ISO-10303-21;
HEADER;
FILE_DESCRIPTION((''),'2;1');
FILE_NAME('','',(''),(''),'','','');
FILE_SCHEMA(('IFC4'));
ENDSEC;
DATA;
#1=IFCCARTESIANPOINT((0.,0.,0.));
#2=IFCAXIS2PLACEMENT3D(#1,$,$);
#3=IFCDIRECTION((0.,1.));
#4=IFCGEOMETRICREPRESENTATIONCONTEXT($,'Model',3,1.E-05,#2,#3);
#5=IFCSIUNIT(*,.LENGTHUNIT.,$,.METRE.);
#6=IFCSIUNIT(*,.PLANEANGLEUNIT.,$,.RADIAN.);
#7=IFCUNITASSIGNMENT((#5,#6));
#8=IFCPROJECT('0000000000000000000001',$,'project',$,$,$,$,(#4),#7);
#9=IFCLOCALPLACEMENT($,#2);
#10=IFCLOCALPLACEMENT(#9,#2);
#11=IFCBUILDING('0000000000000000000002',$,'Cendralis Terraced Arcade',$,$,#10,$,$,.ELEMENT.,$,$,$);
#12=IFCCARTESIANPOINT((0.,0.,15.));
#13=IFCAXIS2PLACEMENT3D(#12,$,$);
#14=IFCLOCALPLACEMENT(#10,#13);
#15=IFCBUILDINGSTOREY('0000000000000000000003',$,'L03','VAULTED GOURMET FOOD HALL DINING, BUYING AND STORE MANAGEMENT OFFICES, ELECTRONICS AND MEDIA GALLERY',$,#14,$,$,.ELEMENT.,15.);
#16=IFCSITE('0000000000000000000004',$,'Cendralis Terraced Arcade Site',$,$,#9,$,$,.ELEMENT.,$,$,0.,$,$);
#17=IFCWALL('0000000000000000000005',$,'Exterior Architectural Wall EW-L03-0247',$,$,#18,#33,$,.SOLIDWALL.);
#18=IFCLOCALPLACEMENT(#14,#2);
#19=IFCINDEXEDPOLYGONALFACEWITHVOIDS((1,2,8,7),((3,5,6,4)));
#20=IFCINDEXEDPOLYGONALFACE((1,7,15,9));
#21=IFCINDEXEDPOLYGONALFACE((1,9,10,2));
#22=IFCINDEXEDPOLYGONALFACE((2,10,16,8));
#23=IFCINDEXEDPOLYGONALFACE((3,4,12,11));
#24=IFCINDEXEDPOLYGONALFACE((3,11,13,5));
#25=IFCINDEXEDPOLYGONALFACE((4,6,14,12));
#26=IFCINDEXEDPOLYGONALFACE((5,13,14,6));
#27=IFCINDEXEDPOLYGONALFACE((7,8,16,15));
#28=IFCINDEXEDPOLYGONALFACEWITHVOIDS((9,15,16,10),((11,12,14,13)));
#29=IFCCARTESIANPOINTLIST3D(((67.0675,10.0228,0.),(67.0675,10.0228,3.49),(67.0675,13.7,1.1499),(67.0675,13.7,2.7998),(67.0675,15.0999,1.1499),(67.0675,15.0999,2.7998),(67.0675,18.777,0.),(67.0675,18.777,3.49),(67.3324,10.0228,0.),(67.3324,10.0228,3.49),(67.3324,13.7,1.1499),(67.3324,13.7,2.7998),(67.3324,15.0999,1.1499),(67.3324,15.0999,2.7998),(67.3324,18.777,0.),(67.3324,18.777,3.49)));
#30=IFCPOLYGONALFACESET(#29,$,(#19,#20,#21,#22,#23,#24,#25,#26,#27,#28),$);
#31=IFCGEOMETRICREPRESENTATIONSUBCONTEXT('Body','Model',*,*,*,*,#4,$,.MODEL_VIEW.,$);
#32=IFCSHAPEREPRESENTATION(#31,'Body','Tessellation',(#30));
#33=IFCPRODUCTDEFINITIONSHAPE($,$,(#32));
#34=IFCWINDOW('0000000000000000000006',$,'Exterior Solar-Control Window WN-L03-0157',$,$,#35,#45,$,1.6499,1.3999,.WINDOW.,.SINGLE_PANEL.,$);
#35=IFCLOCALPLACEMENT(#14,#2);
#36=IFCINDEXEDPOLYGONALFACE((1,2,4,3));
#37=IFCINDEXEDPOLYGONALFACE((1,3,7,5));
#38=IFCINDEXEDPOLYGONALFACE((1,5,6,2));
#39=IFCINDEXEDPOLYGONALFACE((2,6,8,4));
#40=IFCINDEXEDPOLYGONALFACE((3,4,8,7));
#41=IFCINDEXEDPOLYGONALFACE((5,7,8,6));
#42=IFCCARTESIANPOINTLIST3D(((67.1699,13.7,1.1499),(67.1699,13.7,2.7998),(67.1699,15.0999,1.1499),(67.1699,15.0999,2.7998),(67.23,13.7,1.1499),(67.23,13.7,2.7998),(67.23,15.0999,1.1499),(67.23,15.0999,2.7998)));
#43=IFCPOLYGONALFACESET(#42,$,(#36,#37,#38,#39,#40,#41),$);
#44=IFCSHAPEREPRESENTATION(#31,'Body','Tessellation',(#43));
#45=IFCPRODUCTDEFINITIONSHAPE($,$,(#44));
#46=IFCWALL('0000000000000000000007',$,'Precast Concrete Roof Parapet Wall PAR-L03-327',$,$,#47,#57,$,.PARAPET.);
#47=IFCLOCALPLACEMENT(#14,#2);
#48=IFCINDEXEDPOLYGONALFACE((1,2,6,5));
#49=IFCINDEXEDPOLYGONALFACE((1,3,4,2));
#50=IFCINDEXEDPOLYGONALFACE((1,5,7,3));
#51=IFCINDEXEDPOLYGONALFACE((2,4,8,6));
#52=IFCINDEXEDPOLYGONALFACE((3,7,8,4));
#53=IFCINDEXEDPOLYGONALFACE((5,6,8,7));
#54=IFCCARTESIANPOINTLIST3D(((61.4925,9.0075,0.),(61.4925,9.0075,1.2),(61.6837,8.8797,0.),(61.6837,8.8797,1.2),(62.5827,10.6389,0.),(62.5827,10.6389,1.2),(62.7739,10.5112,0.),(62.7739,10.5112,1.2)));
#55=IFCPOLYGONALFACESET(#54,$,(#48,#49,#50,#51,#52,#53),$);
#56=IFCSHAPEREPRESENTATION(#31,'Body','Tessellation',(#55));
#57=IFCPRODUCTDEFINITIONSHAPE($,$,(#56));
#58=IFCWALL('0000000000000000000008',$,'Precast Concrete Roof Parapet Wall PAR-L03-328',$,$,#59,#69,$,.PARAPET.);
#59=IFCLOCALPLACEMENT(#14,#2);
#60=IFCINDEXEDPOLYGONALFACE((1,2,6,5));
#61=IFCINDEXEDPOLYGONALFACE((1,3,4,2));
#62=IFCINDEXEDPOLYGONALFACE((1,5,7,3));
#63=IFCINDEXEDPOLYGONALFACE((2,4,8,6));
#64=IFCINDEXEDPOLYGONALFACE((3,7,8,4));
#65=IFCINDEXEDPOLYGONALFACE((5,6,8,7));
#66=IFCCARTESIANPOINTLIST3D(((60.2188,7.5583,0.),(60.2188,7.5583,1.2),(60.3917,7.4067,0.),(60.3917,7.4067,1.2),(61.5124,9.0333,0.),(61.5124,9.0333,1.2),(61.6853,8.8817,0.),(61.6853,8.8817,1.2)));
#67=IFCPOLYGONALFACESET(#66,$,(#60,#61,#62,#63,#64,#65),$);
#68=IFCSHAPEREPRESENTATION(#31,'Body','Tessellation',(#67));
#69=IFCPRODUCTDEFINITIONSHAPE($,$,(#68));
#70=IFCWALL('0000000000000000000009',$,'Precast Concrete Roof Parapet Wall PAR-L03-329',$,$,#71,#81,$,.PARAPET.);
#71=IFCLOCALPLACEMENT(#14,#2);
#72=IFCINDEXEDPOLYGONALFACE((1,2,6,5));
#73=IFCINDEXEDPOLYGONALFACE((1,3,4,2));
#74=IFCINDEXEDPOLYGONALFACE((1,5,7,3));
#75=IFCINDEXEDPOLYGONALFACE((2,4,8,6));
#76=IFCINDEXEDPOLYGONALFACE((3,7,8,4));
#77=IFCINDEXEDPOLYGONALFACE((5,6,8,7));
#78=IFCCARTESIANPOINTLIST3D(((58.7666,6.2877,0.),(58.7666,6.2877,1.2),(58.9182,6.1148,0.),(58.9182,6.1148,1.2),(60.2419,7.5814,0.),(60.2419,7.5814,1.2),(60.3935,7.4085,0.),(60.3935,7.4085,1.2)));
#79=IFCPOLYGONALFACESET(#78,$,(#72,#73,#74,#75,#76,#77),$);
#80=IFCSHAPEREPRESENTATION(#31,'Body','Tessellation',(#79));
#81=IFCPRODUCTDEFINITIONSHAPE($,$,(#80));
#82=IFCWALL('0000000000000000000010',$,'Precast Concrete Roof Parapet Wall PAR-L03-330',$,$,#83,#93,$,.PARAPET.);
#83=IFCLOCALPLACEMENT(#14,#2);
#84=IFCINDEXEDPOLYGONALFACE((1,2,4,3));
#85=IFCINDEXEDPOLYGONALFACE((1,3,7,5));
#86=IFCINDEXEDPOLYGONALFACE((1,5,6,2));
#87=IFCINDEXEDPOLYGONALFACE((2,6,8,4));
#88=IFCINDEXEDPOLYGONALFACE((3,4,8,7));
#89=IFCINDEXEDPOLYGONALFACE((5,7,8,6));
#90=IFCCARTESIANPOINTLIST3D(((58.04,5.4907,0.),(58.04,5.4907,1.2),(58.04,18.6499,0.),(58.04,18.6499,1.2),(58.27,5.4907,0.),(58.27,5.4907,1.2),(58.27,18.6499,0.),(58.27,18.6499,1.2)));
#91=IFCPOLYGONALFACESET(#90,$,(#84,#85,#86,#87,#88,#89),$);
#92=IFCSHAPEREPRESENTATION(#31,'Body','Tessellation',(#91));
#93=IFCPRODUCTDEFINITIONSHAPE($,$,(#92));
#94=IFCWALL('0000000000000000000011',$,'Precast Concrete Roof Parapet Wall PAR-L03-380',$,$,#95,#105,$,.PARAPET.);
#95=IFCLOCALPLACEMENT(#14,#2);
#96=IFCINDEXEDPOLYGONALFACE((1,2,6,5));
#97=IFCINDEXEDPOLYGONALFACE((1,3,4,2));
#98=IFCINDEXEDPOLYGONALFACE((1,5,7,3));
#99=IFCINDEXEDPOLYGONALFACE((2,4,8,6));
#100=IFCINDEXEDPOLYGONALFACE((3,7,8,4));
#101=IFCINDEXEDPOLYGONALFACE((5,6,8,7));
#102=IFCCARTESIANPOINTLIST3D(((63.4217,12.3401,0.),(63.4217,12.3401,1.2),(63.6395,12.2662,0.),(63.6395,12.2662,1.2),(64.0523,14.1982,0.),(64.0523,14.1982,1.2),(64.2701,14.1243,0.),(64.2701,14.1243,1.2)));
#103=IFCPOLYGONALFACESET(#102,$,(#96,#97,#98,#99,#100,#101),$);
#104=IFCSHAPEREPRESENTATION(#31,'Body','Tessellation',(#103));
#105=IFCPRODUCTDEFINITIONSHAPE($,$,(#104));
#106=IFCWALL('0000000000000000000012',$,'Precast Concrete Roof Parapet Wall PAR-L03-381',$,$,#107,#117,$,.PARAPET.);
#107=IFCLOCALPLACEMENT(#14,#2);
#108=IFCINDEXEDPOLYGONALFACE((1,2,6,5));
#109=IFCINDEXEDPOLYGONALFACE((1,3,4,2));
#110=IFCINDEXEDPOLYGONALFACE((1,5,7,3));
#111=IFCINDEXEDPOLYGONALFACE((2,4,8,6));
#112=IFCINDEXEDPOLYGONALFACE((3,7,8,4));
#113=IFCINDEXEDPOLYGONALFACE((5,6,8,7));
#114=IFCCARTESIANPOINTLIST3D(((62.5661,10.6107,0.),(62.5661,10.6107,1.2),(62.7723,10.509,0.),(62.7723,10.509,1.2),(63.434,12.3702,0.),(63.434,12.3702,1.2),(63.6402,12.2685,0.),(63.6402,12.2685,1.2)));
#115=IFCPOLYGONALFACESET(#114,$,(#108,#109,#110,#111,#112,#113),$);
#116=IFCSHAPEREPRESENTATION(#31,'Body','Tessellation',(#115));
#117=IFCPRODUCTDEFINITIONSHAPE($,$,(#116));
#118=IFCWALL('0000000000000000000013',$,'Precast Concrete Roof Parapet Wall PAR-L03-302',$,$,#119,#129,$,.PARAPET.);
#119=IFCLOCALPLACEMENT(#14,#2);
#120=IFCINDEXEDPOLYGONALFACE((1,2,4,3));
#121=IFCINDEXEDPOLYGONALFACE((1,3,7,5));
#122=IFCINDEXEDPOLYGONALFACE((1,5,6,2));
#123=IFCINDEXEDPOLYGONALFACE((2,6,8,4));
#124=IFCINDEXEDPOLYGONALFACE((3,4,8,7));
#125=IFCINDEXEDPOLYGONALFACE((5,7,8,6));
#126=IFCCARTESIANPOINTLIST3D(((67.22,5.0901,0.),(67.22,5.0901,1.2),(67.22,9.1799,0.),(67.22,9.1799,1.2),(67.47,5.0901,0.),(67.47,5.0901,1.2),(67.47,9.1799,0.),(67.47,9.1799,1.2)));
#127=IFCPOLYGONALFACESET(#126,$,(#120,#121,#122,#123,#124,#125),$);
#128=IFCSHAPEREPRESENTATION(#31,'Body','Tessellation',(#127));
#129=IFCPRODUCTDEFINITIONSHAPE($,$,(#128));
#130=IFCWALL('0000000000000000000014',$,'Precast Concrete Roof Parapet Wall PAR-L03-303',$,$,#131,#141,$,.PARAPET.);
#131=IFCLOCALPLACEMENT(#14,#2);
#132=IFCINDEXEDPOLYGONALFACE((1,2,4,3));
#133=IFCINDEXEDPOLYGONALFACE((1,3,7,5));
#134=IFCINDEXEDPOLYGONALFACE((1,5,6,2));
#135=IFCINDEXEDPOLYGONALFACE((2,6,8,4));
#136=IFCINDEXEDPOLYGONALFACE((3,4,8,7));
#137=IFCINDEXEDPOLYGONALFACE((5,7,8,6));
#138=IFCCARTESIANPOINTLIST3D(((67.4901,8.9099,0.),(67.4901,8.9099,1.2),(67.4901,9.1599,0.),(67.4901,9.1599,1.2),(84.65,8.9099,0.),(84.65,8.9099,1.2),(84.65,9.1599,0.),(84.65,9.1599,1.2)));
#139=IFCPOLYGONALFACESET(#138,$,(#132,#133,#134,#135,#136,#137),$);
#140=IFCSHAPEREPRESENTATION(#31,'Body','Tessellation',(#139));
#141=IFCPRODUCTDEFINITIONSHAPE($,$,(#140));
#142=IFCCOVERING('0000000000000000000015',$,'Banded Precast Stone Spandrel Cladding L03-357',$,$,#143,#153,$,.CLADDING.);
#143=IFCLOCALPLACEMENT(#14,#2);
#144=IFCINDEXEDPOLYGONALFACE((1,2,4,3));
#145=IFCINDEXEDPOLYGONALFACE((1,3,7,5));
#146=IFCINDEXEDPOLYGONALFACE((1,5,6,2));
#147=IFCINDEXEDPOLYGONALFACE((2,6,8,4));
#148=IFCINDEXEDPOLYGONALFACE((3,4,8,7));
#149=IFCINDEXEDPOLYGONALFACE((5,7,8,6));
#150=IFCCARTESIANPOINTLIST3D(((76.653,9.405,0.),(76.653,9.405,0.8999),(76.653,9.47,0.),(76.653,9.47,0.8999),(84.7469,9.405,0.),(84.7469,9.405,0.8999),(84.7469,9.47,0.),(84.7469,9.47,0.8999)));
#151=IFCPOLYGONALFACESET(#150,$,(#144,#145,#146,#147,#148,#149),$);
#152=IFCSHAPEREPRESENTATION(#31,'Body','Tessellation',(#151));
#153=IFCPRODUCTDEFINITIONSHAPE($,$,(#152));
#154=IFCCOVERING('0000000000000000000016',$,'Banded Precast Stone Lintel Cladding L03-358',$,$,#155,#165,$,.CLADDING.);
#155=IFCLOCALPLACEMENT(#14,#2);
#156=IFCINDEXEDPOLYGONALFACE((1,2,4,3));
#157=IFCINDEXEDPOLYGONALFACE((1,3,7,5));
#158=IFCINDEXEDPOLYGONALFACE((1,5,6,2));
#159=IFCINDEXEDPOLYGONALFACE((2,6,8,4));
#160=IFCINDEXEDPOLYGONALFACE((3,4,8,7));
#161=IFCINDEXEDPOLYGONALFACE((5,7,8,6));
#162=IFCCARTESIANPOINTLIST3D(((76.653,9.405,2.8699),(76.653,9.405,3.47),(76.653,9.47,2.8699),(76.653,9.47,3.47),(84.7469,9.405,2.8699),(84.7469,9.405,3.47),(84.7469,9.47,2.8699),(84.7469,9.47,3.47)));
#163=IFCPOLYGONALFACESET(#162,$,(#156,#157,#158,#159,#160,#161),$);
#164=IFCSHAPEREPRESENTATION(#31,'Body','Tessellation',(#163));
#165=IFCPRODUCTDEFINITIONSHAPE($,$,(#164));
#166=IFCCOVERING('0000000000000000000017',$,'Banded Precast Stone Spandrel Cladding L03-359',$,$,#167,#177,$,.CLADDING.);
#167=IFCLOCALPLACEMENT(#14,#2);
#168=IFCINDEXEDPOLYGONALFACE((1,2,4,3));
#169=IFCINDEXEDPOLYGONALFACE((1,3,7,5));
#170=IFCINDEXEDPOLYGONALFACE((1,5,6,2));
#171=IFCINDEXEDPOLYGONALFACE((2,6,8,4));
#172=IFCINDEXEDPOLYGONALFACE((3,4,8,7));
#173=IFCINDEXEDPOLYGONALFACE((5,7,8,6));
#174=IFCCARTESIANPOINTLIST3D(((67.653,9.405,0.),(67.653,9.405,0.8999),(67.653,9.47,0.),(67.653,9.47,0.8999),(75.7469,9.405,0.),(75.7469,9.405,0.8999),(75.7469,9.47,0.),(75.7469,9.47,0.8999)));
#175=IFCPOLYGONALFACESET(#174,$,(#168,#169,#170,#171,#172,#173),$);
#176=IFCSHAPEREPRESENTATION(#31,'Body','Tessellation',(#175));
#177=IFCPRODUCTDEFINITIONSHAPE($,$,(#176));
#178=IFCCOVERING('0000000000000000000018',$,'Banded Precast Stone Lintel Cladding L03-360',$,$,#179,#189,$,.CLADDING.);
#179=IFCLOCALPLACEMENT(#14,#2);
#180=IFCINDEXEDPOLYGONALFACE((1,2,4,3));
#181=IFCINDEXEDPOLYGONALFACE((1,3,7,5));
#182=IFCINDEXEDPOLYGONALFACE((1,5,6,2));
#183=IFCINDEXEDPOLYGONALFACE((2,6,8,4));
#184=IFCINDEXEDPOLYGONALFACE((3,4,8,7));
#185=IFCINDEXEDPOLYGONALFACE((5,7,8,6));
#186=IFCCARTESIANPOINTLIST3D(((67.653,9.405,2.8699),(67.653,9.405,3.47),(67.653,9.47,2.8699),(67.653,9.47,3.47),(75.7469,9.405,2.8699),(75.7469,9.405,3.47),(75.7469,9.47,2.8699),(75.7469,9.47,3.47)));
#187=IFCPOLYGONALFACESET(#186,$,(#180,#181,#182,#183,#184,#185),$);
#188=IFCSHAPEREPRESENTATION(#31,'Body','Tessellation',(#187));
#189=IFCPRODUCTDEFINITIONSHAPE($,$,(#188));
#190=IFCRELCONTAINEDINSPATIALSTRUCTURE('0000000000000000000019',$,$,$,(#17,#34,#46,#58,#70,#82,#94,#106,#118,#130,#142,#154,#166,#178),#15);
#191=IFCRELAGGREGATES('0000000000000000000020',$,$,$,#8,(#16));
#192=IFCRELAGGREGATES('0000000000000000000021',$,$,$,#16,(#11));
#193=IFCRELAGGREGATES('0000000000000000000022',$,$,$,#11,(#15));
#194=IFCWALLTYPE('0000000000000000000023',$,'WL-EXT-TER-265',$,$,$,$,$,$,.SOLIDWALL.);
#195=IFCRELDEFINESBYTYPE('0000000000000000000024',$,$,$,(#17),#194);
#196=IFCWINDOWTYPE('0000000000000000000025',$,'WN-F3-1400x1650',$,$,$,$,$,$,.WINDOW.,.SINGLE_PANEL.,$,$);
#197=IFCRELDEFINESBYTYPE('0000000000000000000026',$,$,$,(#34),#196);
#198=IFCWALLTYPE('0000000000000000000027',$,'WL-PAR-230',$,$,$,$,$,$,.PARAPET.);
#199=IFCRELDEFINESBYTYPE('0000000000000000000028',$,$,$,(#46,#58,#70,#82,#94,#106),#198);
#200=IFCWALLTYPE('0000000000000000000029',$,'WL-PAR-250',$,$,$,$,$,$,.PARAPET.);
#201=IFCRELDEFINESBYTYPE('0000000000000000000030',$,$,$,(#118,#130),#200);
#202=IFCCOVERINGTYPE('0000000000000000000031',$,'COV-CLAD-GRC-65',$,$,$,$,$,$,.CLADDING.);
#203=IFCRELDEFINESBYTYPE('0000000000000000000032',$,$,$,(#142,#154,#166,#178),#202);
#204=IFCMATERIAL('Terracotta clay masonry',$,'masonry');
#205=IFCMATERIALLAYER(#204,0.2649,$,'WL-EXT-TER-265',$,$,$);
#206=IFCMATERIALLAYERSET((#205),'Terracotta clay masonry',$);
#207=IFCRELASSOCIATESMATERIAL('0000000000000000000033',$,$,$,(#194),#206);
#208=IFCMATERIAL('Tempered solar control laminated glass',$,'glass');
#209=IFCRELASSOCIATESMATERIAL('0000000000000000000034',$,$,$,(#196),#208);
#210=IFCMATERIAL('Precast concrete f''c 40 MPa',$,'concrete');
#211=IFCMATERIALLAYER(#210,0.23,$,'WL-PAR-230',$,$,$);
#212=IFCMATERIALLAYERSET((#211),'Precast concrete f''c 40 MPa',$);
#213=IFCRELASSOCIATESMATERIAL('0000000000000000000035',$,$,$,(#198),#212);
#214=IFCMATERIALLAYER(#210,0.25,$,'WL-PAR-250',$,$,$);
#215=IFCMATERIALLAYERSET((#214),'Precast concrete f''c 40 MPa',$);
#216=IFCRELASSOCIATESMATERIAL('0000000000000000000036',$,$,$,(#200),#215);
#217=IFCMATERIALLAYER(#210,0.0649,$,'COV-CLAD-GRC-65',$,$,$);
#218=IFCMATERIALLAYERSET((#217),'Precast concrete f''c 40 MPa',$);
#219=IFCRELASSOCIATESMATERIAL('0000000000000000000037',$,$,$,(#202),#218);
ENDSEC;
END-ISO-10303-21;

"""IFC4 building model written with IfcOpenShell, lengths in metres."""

from ifc_helpers import new_model, si_unit, direction, frame, frame_2d, origin, origin_2d, place, context, subcontext, project, spatial, rectangle, extrude, material, layer, layer_set, type_object, element, fill, save


model = new_model("IFC4")

# Units and contexts
model_context = context("Model", 3, precision=1e-05, world=origin(), true_north=direction((0.0, 1.0)))
body_context = subcontext(model_context, "Body", "Model", "MODEL_VIEW")
ifc_project = project(units=[si_unit("LENGTHUNIT", "METRE"), si_unit("PLANEANGLEUNIT", "RADIAN")], contexts=[model_context])

# Site, building, storey
site_placement = place(None, origin())
site = spatial("IfcSite", under=ifc_project, at=site_placement, Name="Cendralis Terraced Arcade Site", CompositionType="ELEMENT", RefElevation=0.0)
building_placement = place(site_placement, origin())
building = spatial("IfcBuilding", under=site, at=building_placement, Name="Cendralis Terraced Arcade", CompositionType="ELEMENT")
storey_placement = place(building_placement, frame((0.0, 0.0, 15.0)))
storey = spatial("IfcBuildingStorey", under=building, at=storey_placement, Name="L03", Description="VAULTED GOURMET FOOD HALL DINING, BUYING AND STORE MANAGEMENT OFFICES, ELECTRONICS AND MEDIA GALLERY", CompositionType="ELEMENT", Elevation=15.0)

# Wall, opening, window
ifc_material_1 = material(Name="Terracotta clay masonry", Category="masonry")
ifc_layer_1 = layer(ifc_material_1, 0.2649, Name="WL-EXT-TER-265")
ifc_layer_set_1 = layer_set([ifc_layer_1], Name="Terracotta clay masonry")
wall_type_1 = type_object("IfcWallType", Name="WL-EXT-TER-265", PredefinedType="SOLIDWALL", material=ifc_layer_set_1)
ifc_material_2 = material(Name="Tempered solar control laminated glass", Category="glass")
wall_1_placement = place(storey_placement, frame((67.2, 10.0229, 0.0), z_axis=(0.0, 0.0, 1.0), x_axis=(0.0, 1.0, 0.0)))
wall_1 = element("IfcWall", 1, at=wall_1_placement, inside=storey, type_object=wall_type_1, Name="Exterior Architectural Wall EW-L03-0247", PredefinedType="SOLIDWALL", context=body_context, shape_type="SweptSolid", body=[
    extrude(rectangle(XDim=8.7542, YDim=0.2649, at=frame_2d((4.377, 0.0))), origin(), (0.0, 0.0, 1.0), 3.49),
])
opening_1_placement = place(wall_1_placement, frame((3.677, 0.0, 1.1499)))
opening_1 = element("IfcOpeningElement", 2, at=opening_1_placement, cuts=wall_1, PredefinedType="OPENING", context=body_context, shape_type="SweptSolid", body=[
    extrude(rectangle(XDim=1.3999, YDim=1.6499, at=frame_2d((0.7, 0.825))), frame((0.0, 0.1445, 0.0), z_axis=(0.0, -1.0, 0.0), x_axis=(1.0, 0.0, 0.0)), (0.0, 0.0, 1.0), 0.2888),
])
window_type_1 = type_object("IfcWindowType", Name="WN-F3-1400x1650", PartitioningType="SINGLE_PANEL", PredefinedType="WINDOW", material=ifc_material_2)
window_1_placement = place(opening_1_placement, origin())
window_1 = element("IfcWindow", 3, at=window_1_placement, inside=storey, type_object=window_type_1, Name="Exterior Solar-Control Window WN-L03-0157", OverallHeight=1.6499, OverallWidth=1.3999, PartitioningType="SINGLE_PANEL", PredefinedType="WINDOW", context=body_context, shape_type="SweptSolid", body=[
    extrude(rectangle(XDim=1.3999, YDim=1.6499, at=frame_2d((0.7, 0.825))), frame((0.0, 0.03, 0.0), z_axis=(0.0, -1.0, 0.0), x_axis=(1.0, 0.0, 0.0)), (0.0, 0.0, 1.0), 0.0601),
])
fill(opening_1, window_1)

# Walls
ifc_material_3 = material(Name="Precast concrete f'c 40 MPa", Category="concrete")
ifc_layer_2 = layer(ifc_material_3, 0.23, Name="WL-PAR-230")
ifc_layer_set_2 = layer_set([ifc_layer_2], Name="Precast concrete f'c 40 MPa")
wall_type_2 = type_object("IfcWallType", Name="WL-PAR-230", PredefinedType="PARAPET", material=ifc_layer_set_2)
wall_2_placement = place(storey_placement, frame((62.6782, 10.575, 0.0), z_axis=(0.0, 0.0, 1.0), x_axis=(-0.55559, -0.831456, 0.0)))
element("IfcWall", 4, at=wall_2_placement, inside=storey, type_object=wall_type_2, Name="Precast Concrete Roof Parapet Wall PAR-L03-327", PredefinedType="PARAPET", context=body_context, shape_type="SweptSolid", body=[
    extrude(rectangle(XDim=1.9622, YDim=0.23, at=frame_2d((0.981, 0.0))), origin(), (0.0, 0.0, 1.0), 1.2),
])
wall_3_placement = place(storey_placement, frame((61.5989, 8.9575, 0.0), z_axis=(0.0, 0.0, 1.0), x_axis=(-0.659367, -0.751821, 0.0)))
element("IfcWall", 5, at=wall_3_placement, inside=storey, type_object=wall_type_2, Name="Precast Concrete Roof Parapet Wall PAR-L03-328", PredefinedType="PARAPET", context=body_context, shape_type="SweptSolid", body=[
    extrude(rectangle(XDim=1.9619, YDim=0.23, at=frame_2d((0.981, 0.0))), origin(), (0.0, 0.0, 1.0), 1.2),
])
wall_4_placement = place(storey_placement, frame((60.3176, 7.4949, 0.0), z_axis=(0.0, 0.0, 1.0), x_axis=(-0.751875, -0.659306, 0.0)))
element("IfcWall", 6, at=wall_4_placement, inside=storey, type_object=wall_type_2, Name="Precast Concrete Roof Parapet Wall PAR-L03-329", PredefinedType="PARAPET", context=body_context, shape_type="SweptSolid", body=[
    extrude(rectangle(XDim=1.9622, YDim=0.23, at=frame_2d((0.981, 0.0))), origin(), (0.0, 0.0, 1.0), 1.2),
])
wall_5_placement = place(storey_placement, frame((58.155, 5.4907, 0.0), z_axis=(0.0, 0.0, 1.0), x_axis=(0.0, 1.0, 0.0)))
element("IfcWall", 7, at=wall_5_placement, inside=storey, type_object=wall_type_2, Name="Precast Concrete Roof Parapet Wall PAR-L03-330", PredefinedType="PARAPET", context=body_context, shape_type="SweptSolid", body=[
    extrude(rectangle(XDim=13.1592, YDim=0.23, at=frame_2d((6.5796, 0.0))), origin(), (0.0, 0.0, 1.0), 1.2),
])
wall_6_placement = place(storey_placement, frame((64.1611, 14.1611, 0.0), z_axis=(0.0, 0.0, 1.0), x_axis=(-0.321374, -0.946952, 0.0)))
element("IfcWall", 8, at=wall_6_placement, inside=storey, type_object=wall_type_2, Name="Precast Concrete Roof Parapet Wall PAR-L03-380", PredefinedType="PARAPET", context=body_context, shape_type="SweptSolid", body=[
    extrude(rectangle(XDim=1.9622, YDim=0.23, at=frame_2d((0.981, 0.0))), origin(), (0.0, 0.0, 1.0), 1.2),
])
wall_7_placement = place(storey_placement, frame((63.5371, 12.3193, 0.0), z_axis=(0.0, 0.0, 1.0), x_axis=(-0.442379, -0.896828, 0.0)))
element("IfcWall", 9, at=wall_7_placement, inside=storey, type_object=wall_type_2, Name="Precast Concrete Roof Parapet Wall PAR-L03-381", PredefinedType="PARAPET", context=body_context, shape_type="SweptSolid", body=[
    extrude(rectangle(XDim=1.9619, YDim=0.23, at=frame_2d((0.981, 0.0))), origin(), (0.0, 0.0, 1.0), 1.2),
])
ifc_layer_3 = layer(ifc_material_3, 0.25, Name="WL-PAR-250")
ifc_layer_set_3 = layer_set([ifc_layer_3], Name="Precast concrete f'c 40 MPa")
wall_type_3 = type_object("IfcWallType", Name="WL-PAR-250", PredefinedType="PARAPET", material=ifc_layer_set_3)
wall_8_placement = place(storey_placement, frame((67.345, 5.0901, 0.0), z_axis=(0.0, 0.0, 1.0), x_axis=(0.0, 1.0, 0.0)))
element("IfcWall", 10, at=wall_8_placement, inside=storey, type_object=wall_type_3, Name="Precast Concrete Roof Parapet Wall PAR-L03-302", PredefinedType="PARAPET", context=body_context, shape_type="SweptSolid", body=[
    extrude(rectangle(XDim=4.0898, YDim=0.25, at=frame_2d((2.0449, 0.0))), origin(), (0.0, 0.0, 1.0), 1.2),
])
wall_9_placement = place(storey_placement, frame((67.49, 9.0349, 0.0), z_axis=(0.0, 0.0, 1.0), x_axis=(1.0, 0.0, 0.0)))
element("IfcWall", 11, at=wall_9_placement, inside=storey, type_object=wall_type_3, Name="Precast Concrete Roof Parapet Wall PAR-L03-303", PredefinedType="PARAPET", context=body_context, shape_type="SweptSolid", body=[
    extrude(rectangle(XDim=17.1599, YDim=0.25, at=frame_2d((8.5801, 0.0))), origin(), (0.0, 0.0, 1.0), 1.2),
])

# Coverings
ifc_layer_4 = layer(ifc_material_3, 0.0649, Name="COV-CLAD-GRC-65")
ifc_layer_set_4 = layer_set([ifc_layer_4], Name="Precast concrete f'c 40 MPa")
covering_type = type_object("IfcCoveringType", Name="COV-CLAD-GRC-65", PredefinedType="CLADDING", material=ifc_layer_set_4)
covering_1_placement = place(storey_placement, frame((80.7, 9.4375, 0.0), z_axis=(0.0, 0.0, 1.0), x_axis=(-1.0, 0.0, 0.0)))
element("IfcCovering", 12, at=covering_1_placement, inside=storey, type_object=covering_type, Name="Banded Precast Stone Spandrel Cladding L03-357", PredefinedType="CLADDING", context=body_context, shape_type="SweptSolid", body=[
    extrude(rectangle(XDim=8.094, YDim=0.0649, at=origin_2d()), origin(), (0.0, 0.0, 1.0), 0.8999),
])
covering_2_placement = place(storey_placement, frame((80.7, 9.4375, 2.8699), z_axis=(0.0, 0.0, 1.0), x_axis=(-1.0, 0.0, 0.0)))
element("IfcCovering", 13, at=covering_2_placement, inside=storey, type_object=covering_type, Name="Banded Precast Stone Lintel Cladding L03-358", PredefinedType="CLADDING", context=body_context, shape_type="SweptSolid", body=[
    extrude(rectangle(XDim=8.094, YDim=0.0649, at=origin_2d()), origin(), (0.0, 0.0, 1.0), 0.6001),
])
covering_3_placement = place(storey_placement, frame((71.7, 9.4375, 0.0), z_axis=(0.0, 0.0, 1.0), x_axis=(-1.0, 0.0, 0.0)))
element("IfcCovering", 14, at=covering_3_placement, inside=storey, type_object=covering_type, Name="Banded Precast Stone Spandrel Cladding L03-359", PredefinedType="CLADDING", context=body_context, shape_type="SweptSolid", body=[
    extrude(rectangle(XDim=8.094, YDim=0.0649, at=origin_2d()), origin(), (0.0, 0.0, 1.0), 0.8999),
])
covering_4_placement = place(storey_placement, frame((71.7, 9.4375, 2.8699), z_axis=(0.0, 0.0, 1.0), x_axis=(-1.0, 0.0, 0.0)))
element("IfcCovering", 15, at=covering_4_placement, inside=storey, type_object=covering_type, Name="Banded Precast Stone Lintel Cladding L03-360", PredefinedType="CLADDING", context=body_context, shape_type="SweptSolid", body=[
    extrude(rectangle(XDim=8.094, YDim=0.0649, at=origin_2d()), origin(), (0.0, 0.0, 1.0), 0.6001),
])

save(model, "model.ifc")
